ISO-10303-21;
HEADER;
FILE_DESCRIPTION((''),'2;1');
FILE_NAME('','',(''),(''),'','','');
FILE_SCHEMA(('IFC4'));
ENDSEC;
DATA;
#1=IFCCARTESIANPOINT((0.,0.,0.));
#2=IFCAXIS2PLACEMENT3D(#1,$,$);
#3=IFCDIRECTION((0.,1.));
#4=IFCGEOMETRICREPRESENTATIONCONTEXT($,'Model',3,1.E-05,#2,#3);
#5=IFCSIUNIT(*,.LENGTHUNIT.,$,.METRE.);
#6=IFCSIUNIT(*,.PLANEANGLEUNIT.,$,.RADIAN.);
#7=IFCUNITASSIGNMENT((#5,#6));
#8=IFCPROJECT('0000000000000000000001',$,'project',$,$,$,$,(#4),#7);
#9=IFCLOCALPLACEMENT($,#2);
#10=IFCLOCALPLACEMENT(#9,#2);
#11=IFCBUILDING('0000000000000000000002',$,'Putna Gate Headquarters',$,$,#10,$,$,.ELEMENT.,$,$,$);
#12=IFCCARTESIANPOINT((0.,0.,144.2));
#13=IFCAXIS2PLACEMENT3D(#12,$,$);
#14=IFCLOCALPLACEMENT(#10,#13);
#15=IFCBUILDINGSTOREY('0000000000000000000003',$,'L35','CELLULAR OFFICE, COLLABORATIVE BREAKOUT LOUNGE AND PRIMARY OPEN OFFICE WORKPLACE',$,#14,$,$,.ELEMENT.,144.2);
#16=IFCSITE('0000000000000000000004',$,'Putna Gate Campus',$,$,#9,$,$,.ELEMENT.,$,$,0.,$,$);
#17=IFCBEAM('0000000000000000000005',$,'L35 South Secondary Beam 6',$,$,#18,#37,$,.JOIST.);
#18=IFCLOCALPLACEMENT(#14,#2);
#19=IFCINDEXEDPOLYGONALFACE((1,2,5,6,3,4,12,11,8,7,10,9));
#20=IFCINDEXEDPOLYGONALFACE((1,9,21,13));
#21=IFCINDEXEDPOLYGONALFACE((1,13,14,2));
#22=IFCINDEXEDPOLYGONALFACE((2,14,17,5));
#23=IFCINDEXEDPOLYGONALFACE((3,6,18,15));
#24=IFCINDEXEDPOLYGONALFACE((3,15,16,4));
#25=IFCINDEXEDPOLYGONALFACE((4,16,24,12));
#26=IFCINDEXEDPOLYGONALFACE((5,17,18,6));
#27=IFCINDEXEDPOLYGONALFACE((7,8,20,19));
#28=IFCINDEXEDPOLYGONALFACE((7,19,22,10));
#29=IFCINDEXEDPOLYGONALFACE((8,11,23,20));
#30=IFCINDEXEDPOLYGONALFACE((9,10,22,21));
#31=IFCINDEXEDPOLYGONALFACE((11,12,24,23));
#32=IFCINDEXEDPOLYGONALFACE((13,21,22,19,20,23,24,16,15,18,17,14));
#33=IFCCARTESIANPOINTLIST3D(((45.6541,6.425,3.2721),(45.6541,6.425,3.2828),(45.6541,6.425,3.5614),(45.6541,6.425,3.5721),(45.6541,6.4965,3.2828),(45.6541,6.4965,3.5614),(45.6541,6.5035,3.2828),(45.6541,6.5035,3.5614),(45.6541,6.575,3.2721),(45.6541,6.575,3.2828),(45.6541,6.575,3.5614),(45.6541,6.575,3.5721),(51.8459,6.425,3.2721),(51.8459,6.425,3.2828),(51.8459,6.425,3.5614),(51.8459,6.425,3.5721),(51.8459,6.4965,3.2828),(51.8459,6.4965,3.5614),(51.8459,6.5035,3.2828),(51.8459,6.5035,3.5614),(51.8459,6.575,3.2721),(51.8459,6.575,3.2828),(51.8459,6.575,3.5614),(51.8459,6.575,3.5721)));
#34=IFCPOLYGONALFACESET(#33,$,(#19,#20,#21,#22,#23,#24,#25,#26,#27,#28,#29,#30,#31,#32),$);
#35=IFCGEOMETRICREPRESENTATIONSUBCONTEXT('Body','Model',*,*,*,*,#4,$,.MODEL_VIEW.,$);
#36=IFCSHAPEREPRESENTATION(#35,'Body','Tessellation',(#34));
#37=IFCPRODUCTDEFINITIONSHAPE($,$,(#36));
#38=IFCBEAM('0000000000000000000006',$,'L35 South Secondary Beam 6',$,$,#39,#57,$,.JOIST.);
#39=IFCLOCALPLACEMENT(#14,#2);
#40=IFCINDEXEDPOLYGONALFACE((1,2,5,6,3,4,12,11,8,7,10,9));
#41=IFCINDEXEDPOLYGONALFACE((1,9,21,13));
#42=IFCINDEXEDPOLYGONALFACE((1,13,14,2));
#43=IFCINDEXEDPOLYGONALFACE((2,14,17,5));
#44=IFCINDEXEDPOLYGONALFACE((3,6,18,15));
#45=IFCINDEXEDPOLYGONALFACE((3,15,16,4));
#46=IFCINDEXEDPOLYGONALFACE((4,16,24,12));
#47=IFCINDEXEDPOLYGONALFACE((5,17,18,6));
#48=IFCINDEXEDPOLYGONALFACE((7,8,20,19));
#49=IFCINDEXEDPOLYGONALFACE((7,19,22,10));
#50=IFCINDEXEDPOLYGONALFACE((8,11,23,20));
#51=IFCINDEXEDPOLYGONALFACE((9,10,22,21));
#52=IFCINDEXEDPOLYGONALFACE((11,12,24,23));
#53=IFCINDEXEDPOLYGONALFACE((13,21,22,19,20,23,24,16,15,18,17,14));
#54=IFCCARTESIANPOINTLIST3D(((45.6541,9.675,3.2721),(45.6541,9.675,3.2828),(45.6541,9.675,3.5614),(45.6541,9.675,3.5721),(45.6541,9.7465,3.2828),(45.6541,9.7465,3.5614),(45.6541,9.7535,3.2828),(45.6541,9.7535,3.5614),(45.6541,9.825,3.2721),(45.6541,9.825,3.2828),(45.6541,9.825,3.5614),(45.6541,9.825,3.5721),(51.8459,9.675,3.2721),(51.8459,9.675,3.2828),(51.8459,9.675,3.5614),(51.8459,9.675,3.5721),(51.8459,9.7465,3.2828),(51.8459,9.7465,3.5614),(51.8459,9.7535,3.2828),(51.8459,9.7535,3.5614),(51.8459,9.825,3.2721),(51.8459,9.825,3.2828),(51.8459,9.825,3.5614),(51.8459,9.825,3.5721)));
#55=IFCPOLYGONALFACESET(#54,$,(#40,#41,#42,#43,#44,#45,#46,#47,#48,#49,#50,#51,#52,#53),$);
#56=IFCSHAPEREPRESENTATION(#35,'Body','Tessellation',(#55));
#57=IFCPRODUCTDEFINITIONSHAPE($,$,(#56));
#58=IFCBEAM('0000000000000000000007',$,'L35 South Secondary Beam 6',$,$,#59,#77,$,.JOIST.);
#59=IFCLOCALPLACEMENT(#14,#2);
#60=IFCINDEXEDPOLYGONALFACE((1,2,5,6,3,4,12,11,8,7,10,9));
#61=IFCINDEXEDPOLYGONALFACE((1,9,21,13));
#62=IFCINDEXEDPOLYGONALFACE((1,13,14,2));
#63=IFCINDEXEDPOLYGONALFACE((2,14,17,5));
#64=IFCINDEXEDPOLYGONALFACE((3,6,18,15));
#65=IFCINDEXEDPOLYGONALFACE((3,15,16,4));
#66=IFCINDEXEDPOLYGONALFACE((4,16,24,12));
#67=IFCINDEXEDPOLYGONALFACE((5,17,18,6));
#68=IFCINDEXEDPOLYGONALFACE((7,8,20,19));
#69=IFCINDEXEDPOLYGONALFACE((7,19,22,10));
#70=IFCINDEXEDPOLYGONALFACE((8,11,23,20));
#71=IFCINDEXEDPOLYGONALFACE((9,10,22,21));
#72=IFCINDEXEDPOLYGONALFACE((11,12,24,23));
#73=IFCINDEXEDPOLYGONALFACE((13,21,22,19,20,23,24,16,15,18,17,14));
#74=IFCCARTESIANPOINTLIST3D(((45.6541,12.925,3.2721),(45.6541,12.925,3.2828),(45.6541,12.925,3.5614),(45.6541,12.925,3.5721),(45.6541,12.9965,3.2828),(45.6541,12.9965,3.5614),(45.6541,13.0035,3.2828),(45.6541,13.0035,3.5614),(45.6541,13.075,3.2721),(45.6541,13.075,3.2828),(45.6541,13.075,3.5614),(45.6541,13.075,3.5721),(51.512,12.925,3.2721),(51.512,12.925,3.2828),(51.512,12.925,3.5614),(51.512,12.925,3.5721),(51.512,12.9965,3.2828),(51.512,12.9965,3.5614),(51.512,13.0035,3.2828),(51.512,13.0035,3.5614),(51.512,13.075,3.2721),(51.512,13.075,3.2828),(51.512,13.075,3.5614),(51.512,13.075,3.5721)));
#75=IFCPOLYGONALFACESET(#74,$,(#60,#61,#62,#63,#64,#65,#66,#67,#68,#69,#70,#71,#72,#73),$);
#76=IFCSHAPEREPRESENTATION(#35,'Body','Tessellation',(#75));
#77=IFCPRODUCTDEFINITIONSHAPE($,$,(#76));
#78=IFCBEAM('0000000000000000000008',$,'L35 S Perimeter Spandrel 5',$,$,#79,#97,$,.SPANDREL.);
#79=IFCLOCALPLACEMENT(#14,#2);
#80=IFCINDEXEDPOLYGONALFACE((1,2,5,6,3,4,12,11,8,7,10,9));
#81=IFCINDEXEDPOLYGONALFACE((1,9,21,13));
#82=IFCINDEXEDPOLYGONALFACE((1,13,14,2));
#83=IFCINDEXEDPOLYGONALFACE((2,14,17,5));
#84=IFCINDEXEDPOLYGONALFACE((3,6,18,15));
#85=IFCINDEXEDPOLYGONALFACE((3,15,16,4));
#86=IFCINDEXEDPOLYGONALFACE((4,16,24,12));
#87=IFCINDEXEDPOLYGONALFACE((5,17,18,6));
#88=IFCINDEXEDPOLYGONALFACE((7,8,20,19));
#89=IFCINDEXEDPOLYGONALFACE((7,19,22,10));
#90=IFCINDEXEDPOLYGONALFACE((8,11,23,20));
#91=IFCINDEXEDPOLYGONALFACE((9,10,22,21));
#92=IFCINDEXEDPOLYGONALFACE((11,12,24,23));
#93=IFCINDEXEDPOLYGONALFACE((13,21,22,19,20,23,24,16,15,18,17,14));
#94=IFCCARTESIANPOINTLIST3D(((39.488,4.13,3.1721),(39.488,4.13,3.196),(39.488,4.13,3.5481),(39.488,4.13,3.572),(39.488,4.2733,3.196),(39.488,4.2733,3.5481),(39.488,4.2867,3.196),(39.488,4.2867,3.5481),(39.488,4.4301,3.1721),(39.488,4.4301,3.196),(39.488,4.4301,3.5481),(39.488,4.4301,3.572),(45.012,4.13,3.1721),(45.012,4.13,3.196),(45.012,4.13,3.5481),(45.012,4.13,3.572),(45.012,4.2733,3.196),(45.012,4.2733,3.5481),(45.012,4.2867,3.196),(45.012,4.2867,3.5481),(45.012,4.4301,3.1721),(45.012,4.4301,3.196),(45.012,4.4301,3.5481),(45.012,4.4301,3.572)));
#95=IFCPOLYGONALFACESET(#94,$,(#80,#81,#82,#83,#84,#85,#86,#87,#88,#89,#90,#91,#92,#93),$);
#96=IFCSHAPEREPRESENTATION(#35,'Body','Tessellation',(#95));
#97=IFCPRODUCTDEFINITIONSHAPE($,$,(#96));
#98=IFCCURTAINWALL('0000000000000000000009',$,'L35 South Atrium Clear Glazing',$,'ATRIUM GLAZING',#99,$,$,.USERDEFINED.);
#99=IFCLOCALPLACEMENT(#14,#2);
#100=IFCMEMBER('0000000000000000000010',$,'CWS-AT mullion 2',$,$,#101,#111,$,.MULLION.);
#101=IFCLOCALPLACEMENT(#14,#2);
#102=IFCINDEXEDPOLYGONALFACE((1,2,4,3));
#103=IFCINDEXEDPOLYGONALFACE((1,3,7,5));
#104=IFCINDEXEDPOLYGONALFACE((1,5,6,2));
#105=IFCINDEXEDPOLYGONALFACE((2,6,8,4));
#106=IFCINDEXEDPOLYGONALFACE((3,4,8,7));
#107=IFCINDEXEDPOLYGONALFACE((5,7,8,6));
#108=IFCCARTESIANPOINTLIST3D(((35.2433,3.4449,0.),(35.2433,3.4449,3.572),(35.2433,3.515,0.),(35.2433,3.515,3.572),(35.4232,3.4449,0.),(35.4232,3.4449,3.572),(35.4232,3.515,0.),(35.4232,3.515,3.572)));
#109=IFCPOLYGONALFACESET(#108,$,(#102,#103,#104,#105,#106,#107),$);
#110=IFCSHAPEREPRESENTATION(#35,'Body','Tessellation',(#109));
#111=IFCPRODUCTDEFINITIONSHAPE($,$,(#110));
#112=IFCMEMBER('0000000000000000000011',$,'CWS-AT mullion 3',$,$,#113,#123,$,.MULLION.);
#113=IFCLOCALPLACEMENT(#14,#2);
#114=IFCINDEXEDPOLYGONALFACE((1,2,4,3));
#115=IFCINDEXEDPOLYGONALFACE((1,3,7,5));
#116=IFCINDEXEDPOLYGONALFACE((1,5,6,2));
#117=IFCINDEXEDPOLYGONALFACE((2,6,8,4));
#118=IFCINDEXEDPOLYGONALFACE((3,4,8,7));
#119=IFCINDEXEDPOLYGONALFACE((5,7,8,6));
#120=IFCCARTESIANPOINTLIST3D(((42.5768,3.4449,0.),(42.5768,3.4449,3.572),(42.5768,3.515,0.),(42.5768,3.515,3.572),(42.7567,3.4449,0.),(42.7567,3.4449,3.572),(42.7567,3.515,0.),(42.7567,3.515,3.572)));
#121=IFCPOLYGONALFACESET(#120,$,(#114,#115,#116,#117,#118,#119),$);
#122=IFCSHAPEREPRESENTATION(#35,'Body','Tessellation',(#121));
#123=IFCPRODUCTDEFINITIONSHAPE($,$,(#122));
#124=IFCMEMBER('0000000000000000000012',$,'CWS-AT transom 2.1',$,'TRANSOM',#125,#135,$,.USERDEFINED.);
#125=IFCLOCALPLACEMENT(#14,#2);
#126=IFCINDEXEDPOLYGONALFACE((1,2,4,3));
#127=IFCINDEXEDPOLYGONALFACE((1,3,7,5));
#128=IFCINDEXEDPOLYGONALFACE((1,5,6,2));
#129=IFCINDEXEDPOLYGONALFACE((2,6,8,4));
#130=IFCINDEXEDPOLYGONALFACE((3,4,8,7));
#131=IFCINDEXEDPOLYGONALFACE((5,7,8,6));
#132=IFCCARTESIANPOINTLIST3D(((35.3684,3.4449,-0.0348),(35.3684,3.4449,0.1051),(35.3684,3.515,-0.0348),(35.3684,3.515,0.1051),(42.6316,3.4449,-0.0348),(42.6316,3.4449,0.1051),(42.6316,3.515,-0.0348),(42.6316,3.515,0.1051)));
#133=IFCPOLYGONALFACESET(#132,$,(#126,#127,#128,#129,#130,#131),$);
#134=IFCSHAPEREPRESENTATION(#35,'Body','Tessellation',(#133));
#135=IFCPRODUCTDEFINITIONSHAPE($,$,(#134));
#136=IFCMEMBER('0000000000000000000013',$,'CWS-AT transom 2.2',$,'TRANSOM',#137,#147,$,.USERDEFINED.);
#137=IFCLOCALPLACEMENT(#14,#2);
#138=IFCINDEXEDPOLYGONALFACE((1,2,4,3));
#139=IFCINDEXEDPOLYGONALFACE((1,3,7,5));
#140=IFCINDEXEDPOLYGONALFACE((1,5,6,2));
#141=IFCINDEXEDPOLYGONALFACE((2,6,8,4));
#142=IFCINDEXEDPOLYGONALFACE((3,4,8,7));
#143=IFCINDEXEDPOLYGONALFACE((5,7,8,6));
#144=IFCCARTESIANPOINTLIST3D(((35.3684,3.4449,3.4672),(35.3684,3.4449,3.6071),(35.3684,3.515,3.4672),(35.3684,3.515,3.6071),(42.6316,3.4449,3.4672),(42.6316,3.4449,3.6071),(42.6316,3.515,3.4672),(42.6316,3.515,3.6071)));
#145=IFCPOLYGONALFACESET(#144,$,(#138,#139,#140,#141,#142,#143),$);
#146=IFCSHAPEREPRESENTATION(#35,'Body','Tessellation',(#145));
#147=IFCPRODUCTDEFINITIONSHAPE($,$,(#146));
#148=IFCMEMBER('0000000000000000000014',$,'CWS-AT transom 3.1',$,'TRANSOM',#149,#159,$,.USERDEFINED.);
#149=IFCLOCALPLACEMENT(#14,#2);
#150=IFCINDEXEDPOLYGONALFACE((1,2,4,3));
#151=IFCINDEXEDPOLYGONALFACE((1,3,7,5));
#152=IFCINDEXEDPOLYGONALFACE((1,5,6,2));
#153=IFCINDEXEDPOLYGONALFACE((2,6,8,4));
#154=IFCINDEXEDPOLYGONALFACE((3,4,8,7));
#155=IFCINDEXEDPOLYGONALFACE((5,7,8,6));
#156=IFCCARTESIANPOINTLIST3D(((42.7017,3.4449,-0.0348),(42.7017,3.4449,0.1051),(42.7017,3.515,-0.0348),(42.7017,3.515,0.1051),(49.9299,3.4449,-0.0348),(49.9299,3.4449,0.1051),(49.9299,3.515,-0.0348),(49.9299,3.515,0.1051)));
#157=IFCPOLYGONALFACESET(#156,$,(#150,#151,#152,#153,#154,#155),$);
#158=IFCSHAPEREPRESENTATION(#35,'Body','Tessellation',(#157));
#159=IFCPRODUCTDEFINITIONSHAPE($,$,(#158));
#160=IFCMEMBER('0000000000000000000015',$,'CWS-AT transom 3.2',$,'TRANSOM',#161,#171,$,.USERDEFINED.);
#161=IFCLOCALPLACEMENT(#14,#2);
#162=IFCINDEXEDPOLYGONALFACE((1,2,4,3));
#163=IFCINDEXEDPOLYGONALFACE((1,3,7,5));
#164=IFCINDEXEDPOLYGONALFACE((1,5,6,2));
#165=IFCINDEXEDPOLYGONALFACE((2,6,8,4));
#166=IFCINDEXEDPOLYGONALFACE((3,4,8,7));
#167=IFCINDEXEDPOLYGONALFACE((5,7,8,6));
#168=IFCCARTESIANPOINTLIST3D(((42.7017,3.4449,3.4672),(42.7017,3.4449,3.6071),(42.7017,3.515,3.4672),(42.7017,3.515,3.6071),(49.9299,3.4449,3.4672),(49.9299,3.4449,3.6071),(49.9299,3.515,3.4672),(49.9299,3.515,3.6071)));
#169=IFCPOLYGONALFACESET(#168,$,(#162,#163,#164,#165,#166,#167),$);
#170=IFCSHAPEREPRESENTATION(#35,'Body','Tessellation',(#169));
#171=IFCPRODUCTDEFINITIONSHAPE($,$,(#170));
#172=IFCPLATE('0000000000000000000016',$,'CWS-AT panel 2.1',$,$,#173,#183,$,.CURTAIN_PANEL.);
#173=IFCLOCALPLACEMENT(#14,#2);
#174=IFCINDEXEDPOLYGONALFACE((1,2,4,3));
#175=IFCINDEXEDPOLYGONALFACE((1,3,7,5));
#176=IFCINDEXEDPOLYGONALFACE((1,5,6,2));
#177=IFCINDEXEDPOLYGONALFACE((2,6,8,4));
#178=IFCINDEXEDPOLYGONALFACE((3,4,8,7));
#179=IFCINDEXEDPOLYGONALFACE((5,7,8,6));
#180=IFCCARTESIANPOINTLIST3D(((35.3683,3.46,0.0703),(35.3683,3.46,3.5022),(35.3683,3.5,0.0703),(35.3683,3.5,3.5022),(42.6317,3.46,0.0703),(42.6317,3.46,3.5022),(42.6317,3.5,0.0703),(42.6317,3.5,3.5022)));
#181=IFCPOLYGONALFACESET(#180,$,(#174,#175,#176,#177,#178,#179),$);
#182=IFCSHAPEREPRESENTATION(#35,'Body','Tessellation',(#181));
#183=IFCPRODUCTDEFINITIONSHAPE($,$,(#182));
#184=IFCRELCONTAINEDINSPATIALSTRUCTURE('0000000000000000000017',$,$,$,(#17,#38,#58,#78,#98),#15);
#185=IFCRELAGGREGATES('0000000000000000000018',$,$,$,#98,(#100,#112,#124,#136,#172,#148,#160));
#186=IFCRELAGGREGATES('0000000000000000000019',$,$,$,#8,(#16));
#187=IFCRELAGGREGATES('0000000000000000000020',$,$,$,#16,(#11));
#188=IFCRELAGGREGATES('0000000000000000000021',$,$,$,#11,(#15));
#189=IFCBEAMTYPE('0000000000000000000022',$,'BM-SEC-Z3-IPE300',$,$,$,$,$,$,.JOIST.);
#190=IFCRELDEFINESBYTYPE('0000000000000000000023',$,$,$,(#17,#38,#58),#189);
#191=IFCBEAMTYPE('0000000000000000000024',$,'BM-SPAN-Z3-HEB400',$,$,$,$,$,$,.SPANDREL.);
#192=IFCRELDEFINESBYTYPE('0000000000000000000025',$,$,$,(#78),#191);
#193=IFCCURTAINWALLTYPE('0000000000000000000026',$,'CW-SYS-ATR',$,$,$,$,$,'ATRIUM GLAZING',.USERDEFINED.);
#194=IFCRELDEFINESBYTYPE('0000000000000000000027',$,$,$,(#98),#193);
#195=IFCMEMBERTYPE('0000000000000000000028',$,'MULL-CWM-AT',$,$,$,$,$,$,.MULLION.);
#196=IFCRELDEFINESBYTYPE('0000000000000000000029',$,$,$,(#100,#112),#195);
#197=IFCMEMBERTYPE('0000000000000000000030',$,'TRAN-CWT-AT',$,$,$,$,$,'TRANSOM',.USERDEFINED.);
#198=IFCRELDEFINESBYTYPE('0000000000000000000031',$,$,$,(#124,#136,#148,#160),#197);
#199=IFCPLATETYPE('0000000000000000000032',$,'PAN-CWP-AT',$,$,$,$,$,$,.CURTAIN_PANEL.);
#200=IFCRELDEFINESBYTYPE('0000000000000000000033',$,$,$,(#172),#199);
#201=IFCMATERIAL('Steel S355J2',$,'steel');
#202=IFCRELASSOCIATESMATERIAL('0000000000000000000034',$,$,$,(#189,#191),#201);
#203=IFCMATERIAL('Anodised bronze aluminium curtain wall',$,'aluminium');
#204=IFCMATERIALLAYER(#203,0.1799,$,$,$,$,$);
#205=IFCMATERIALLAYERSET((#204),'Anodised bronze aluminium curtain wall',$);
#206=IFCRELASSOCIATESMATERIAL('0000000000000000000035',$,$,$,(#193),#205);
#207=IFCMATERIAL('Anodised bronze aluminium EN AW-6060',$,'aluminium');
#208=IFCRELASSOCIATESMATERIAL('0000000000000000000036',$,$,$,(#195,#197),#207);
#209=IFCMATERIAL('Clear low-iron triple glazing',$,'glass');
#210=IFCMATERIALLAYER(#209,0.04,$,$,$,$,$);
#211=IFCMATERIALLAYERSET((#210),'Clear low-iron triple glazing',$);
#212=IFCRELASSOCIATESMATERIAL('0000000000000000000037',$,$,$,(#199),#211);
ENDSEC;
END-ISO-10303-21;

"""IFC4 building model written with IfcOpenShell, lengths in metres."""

from ifc_helpers import new_model, si_unit, direction, frame, origin, origin_2d, place, context, subcontext, project, spatial, rectangle, i_section, extrude, material, layer, layer_set, material_profile, profile_set, type_object, element, aggregate, save


model = new_model("IFC4")

# Units and contexts
model_context = context("Model", 3, precision=1e-05, world=origin(), true_north=direction((0.0, 1.0)))
body_context = subcontext(model_context, "Body", "Model", "MODEL_VIEW")
ifc_project = project(units=[si_unit("LENGTHUNIT", "METRE"), si_unit("PLANEANGLEUNIT", "RADIAN")], contexts=[model_context])

# Site, building, storey
site_placement = place(None, origin())
site = spatial("IfcSite", under=ifc_project, at=site_placement, Name="Putna Gate Campus", CompositionType="ELEMENT", RefElevation=0.0)
building_placement = place(site_placement, origin())
building = spatial("IfcBuilding", under=site, at=building_placement, Name="Putna Gate Headquarters", CompositionType="ELEMENT")
storey_placement = place(building_placement, frame((0.0, 0.0, 144.2)))
storey = spatial("IfcBuildingStorey", under=building, at=storey_placement, Name="L35", Description="CELLULAR OFFICE, COLLABORATIVE BREAKOUT LOUNGE AND PRIMARY OPEN OFFICE WORKPLACE", CompositionType="ELEMENT", Elevation=144.2)

# Beams
ifc_material_1 = material(Name="Steel S355J2", Category="steel")
ifc_material_profile_1 = material_profile(ifc_material_1, i_section(OverallWidth=0.1499, OverallDepth=0.3, WebThickness=0.0071, FlangeThickness=0.0107, at=origin_2d()), Name="Steel S355J2")
ifc_profile_set_1 = profile_set([ifc_material_profile_1], Name="Steel S355J2")
beam_type_1 = type_object("IfcBeamType", Name="BM-SEC-Z3-IPE300", PredefinedType="JOIST", material=ifc_profile_set_1)
for number, where, z_axis, x_axis, name in (
    (1, (45.6541, 6.5, 3.4221), (1.0, 0.0, 0.0), (0.0, 1.0, 0.0), "L35 South Secondary Beam 6"),
    (2, (45.6541, 9.75, 3.4221), (1.0, 0.0, 0.0), (0.0, 1.0, 0.0), "L35 South Secondary Beam 6"),
):
    element("IfcBeam", number, at=place(storey_placement, frame(where, z_axis=z_axis, x_axis=x_axis)), inside=storey, type_object=beam_type_1, Name=name, PredefinedType="JOIST", context=body_context, shape_type="SweptSolid", body=[
        extrude(i_section(OverallWidth=0.1499, OverallDepth=0.3, WebThickness=0.0071, FlangeThickness=0.0107, at=origin_2d()), origin(), (0.0, 0.0, 1.0), 6.1919),
    ])
beam_1_placement = place(storey_placement, frame((45.6541, 13.0, 3.4221), z_axis=(1.0, 0.0, 0.0), x_axis=(0.0, 1.0, 0.0)))
element("IfcBeam", 3, at=beam_1_placement, inside=storey, type_object=beam_type_1, Name="L35 South Secondary Beam 6", PredefinedType="JOIST", context=body_context, shape_type="SweptSolid", body=[
    extrude(i_section(OverallWidth=0.1499, OverallDepth=0.3, WebThickness=0.0071, FlangeThickness=0.0107, at=origin_2d()), origin(), (0.0, 0.0, 1.0), 5.8579),
])
ifc_material_profile_2 = material_profile(ifc_material_1, i_section(OverallWidth=0.3, OverallDepth=0.3999, WebThickness=0.0134, FlangeThickness=0.0239, at=origin_2d()), Name="Steel S355J2")
ifc_profile_set_2 = profile_set([ifc_material_profile_2], Name="Steel S355J2")
beam_type_2 = type_object("IfcBeamType", Name="BM-SPAN-Z3-HEB400", PredefinedType="SPANDREL", material=ifc_profile_set_2)
beam_2_placement = place(storey_placement, frame((39.488, 4.28, 3.3721), z_axis=(1.0, 0.0, 0.0), x_axis=(0.0, 1.0, 0.0)))
element("IfcBeam", 4, at=beam_2_placement, inside=storey, type_object=beam_type_2, Name="L35 S Perimeter Spandrel 5", PredefinedType="SPANDREL", context=body_context, shape_type="SweptSolid", body=[
    extrude(i_section(OverallWidth=0.3, OverallDepth=0.3999, WebThickness=0.0134, FlangeThickness=0.0239, at=origin_2d()), origin(), (0.0, 0.0, 1.0), 5.5239),
])

# Curtain wall, members, plate
ifc_material_2 = material(Name="Anodised bronze aluminium curtain wall", Category="aluminium")
ifc_layer_1 = layer(ifc_material_2, 0.1799)
ifc_layer_set_1 = layer_set([ifc_layer_1], Name="Anodised bronze aluminium curtain wall")
curtain_wall_type = type_object("IfcCurtainWallType", Name="CW-SYS-ATR", ElementType="ATRIUM GLAZING", PredefinedType="USERDEFINED", material=ifc_layer_set_1)
curtain_wall_placement = place(storey_placement, origin())
curtain_wall = element("IfcCurtainWall", 5, at=curtain_wall_placement, inside=storey, type_object=curtain_wall_type, Name="L35 South Atrium Clear Glazing", ObjectType="ATRIUM GLAZING", PredefinedType="USERDEFINED")
ifc_material_3 = material(Name="Anodised bronze aluminium EN AW-6060", Category="aluminium")
ifc_material_profile_3 = material_profile(ifc_material_3, rectangle(XDim=0.0701, YDim=0.1799, at=origin_2d()), Name="Anodised bronze aluminium EN AW-6060")
ifc_profile_set_3 = profile_set([ifc_material_profile_3], Name="Anodised bronze aluminium EN AW-6060")
member_type_1 = type_object("IfcMemberType", Name="MULL-CWM-AT", PredefinedType="MULLION", material=ifc_profile_set_3)
member_1_placement = place(storey_placement, frame((35.3333, 3.48, 0.0), z_axis=(0.0, 0.0, 1.0), x_axis=(0.0, 1.0, 0.0)))
member_1 = element("IfcMember", 6, at=member_1_placement, type_object=member_type_1, Name="CWS-AT mullion 2", PredefinedType="MULLION", context=body_context, shape_type="SweptSolid", body=[
    extrude(rectangle(XDim=0.0701, YDim=0.1799, at=origin_2d()), origin(), (0.0, 0.0, 1.0), 3.572),
])
member_2_placement = place(storey_placement, frame((42.6667, 3.48, 0.0), z_axis=(0.0, 0.0, 1.0), x_axis=(0.0, 1.0, 0.0)))
member_2 = element("IfcMember", 7, at=member_2_placement, type_object=member_type_1, Name="CWS-AT mullion 3", PredefinedType="MULLION", context=body_context, shape_type="SweptSolid", body=[
    extrude(rectangle(XDim=0.0701, YDim=0.1799, at=origin_2d()), origin(), (0.0, 0.0, 1.0), 3.572),
])
ifc_material_profile_4 = material_profile(ifc_material_3, rectangle(XDim=0.0701, YDim=0.1399, at=origin_2d()), Name="Anodised bronze aluminium EN AW-6060")
ifc_profile_set_4 = profile_set([ifc_material_profile_4], Name="Anodised bronze aluminium EN AW-6060")
member_type_2 = type_object("IfcMemberType", Name="TRAN-CWT-AT", ElementType="TRANSOM", PredefinedType="USERDEFINED", material=ifc_profile_set_4)
member_3_placement = place(storey_placement, frame((35.3684, 3.48, 0.0352), z_axis=(1.0, 0.0, 0.0), x_axis=(0.0, 1.0, 0.0)))
member_3 = element("IfcMember", 8, at=member_3_placement, type_object=member_type_2, Name="CWS-AT transom 2.1", ObjectType="TRANSOM", PredefinedType="USERDEFINED", context=body_context, shape_type="SweptSolid", body=[
    extrude(rectangle(XDim=0.0701, YDim=0.1399, at=origin_2d()), origin(), (0.0, 0.0, 1.0), 7.2632),
])
member_4_placement = place(storey_placement, frame((35.3684, 3.48, 3.5371), z_axis=(1.0, 0.0, 0.0), x_axis=(0.0, 1.0, 0.0)))
member_4 = element("IfcMember", 9, at=member_4_placement, type_object=member_type_2, Name="CWS-AT transom 2.2", ObjectType="TRANSOM", PredefinedType="USERDEFINED", context=body_context, shape_type="SweptSolid", body=[
    extrude(rectangle(XDim=0.0701, YDim=0.1399, at=origin_2d()), origin(), (0.0, 0.0, 1.0), 7.2632),
])
member_5_placement = place(storey_placement, frame((42.7017, 3.48, 0.0352), z_axis=(1.0, 0.0, 0.0), x_axis=(0.0, 1.0, 0.0)))
member_5 = element("IfcMember", 10, at=member_5_placement, type_object=member_type_2, Name="CWS-AT transom 3.1", ObjectType="TRANSOM", PredefinedType="USERDEFINED", context=body_context, shape_type="SweptSolid", body=[
    extrude(rectangle(XDim=0.0701, YDim=0.1399, at=origin_2d()), origin(), (0.0, 0.0, 1.0), 7.2283),
])
member_6_placement = place(storey_placement, frame((42.7017, 3.48, 3.5371), z_axis=(1.0, 0.0, 0.0), x_axis=(0.0, 1.0, 0.0)))
member_6 = element("IfcMember", 11, at=member_6_placement, type_object=member_type_2, Name="CWS-AT transom 3.2", ObjectType="TRANSOM", PredefinedType="USERDEFINED", context=body_context, shape_type="SweptSolid", body=[
    extrude(rectangle(XDim=0.0701, YDim=0.1399, at=origin_2d()), origin(), (0.0, 0.0, 1.0), 7.2283),
])
ifc_material_4 = material(Name="Clear low-iron triple glazing", Category="glass")
ifc_layer_2 = layer(ifc_material_4, 0.04)
ifc_layer_set_2 = layer_set([ifc_layer_2], Name="Clear low-iron triple glazing")
plate_type = type_object("IfcPlateType", Name="PAN-CWP-AT", PredefinedType="CURTAIN_PANEL", material=ifc_layer_set_2)
plate_placement = place(storey_placement, frame((39.0, 3.48, 0.0703), z_axis=(0.0, 0.0, 1.0), x_axis=(1.0, 0.0, 0.0)))
plate = element("IfcPlate", 12, at=plate_placement, type_object=plate_type, Name="CWS-AT panel 2.1", PredefinedType="CURTAIN_PANEL", context=body_context, shape_type="SweptSolid", body=[
    extrude(rectangle(XDim=7.2634, YDim=0.04, at=origin_2d()), origin(), (0.0, 0.0, 1.0), 3.4319),
])
aggregate(curtain_wall, [member_1, member_2, member_3, member_4, plate, member_5, member_6])

save(model, "model.ifc")
